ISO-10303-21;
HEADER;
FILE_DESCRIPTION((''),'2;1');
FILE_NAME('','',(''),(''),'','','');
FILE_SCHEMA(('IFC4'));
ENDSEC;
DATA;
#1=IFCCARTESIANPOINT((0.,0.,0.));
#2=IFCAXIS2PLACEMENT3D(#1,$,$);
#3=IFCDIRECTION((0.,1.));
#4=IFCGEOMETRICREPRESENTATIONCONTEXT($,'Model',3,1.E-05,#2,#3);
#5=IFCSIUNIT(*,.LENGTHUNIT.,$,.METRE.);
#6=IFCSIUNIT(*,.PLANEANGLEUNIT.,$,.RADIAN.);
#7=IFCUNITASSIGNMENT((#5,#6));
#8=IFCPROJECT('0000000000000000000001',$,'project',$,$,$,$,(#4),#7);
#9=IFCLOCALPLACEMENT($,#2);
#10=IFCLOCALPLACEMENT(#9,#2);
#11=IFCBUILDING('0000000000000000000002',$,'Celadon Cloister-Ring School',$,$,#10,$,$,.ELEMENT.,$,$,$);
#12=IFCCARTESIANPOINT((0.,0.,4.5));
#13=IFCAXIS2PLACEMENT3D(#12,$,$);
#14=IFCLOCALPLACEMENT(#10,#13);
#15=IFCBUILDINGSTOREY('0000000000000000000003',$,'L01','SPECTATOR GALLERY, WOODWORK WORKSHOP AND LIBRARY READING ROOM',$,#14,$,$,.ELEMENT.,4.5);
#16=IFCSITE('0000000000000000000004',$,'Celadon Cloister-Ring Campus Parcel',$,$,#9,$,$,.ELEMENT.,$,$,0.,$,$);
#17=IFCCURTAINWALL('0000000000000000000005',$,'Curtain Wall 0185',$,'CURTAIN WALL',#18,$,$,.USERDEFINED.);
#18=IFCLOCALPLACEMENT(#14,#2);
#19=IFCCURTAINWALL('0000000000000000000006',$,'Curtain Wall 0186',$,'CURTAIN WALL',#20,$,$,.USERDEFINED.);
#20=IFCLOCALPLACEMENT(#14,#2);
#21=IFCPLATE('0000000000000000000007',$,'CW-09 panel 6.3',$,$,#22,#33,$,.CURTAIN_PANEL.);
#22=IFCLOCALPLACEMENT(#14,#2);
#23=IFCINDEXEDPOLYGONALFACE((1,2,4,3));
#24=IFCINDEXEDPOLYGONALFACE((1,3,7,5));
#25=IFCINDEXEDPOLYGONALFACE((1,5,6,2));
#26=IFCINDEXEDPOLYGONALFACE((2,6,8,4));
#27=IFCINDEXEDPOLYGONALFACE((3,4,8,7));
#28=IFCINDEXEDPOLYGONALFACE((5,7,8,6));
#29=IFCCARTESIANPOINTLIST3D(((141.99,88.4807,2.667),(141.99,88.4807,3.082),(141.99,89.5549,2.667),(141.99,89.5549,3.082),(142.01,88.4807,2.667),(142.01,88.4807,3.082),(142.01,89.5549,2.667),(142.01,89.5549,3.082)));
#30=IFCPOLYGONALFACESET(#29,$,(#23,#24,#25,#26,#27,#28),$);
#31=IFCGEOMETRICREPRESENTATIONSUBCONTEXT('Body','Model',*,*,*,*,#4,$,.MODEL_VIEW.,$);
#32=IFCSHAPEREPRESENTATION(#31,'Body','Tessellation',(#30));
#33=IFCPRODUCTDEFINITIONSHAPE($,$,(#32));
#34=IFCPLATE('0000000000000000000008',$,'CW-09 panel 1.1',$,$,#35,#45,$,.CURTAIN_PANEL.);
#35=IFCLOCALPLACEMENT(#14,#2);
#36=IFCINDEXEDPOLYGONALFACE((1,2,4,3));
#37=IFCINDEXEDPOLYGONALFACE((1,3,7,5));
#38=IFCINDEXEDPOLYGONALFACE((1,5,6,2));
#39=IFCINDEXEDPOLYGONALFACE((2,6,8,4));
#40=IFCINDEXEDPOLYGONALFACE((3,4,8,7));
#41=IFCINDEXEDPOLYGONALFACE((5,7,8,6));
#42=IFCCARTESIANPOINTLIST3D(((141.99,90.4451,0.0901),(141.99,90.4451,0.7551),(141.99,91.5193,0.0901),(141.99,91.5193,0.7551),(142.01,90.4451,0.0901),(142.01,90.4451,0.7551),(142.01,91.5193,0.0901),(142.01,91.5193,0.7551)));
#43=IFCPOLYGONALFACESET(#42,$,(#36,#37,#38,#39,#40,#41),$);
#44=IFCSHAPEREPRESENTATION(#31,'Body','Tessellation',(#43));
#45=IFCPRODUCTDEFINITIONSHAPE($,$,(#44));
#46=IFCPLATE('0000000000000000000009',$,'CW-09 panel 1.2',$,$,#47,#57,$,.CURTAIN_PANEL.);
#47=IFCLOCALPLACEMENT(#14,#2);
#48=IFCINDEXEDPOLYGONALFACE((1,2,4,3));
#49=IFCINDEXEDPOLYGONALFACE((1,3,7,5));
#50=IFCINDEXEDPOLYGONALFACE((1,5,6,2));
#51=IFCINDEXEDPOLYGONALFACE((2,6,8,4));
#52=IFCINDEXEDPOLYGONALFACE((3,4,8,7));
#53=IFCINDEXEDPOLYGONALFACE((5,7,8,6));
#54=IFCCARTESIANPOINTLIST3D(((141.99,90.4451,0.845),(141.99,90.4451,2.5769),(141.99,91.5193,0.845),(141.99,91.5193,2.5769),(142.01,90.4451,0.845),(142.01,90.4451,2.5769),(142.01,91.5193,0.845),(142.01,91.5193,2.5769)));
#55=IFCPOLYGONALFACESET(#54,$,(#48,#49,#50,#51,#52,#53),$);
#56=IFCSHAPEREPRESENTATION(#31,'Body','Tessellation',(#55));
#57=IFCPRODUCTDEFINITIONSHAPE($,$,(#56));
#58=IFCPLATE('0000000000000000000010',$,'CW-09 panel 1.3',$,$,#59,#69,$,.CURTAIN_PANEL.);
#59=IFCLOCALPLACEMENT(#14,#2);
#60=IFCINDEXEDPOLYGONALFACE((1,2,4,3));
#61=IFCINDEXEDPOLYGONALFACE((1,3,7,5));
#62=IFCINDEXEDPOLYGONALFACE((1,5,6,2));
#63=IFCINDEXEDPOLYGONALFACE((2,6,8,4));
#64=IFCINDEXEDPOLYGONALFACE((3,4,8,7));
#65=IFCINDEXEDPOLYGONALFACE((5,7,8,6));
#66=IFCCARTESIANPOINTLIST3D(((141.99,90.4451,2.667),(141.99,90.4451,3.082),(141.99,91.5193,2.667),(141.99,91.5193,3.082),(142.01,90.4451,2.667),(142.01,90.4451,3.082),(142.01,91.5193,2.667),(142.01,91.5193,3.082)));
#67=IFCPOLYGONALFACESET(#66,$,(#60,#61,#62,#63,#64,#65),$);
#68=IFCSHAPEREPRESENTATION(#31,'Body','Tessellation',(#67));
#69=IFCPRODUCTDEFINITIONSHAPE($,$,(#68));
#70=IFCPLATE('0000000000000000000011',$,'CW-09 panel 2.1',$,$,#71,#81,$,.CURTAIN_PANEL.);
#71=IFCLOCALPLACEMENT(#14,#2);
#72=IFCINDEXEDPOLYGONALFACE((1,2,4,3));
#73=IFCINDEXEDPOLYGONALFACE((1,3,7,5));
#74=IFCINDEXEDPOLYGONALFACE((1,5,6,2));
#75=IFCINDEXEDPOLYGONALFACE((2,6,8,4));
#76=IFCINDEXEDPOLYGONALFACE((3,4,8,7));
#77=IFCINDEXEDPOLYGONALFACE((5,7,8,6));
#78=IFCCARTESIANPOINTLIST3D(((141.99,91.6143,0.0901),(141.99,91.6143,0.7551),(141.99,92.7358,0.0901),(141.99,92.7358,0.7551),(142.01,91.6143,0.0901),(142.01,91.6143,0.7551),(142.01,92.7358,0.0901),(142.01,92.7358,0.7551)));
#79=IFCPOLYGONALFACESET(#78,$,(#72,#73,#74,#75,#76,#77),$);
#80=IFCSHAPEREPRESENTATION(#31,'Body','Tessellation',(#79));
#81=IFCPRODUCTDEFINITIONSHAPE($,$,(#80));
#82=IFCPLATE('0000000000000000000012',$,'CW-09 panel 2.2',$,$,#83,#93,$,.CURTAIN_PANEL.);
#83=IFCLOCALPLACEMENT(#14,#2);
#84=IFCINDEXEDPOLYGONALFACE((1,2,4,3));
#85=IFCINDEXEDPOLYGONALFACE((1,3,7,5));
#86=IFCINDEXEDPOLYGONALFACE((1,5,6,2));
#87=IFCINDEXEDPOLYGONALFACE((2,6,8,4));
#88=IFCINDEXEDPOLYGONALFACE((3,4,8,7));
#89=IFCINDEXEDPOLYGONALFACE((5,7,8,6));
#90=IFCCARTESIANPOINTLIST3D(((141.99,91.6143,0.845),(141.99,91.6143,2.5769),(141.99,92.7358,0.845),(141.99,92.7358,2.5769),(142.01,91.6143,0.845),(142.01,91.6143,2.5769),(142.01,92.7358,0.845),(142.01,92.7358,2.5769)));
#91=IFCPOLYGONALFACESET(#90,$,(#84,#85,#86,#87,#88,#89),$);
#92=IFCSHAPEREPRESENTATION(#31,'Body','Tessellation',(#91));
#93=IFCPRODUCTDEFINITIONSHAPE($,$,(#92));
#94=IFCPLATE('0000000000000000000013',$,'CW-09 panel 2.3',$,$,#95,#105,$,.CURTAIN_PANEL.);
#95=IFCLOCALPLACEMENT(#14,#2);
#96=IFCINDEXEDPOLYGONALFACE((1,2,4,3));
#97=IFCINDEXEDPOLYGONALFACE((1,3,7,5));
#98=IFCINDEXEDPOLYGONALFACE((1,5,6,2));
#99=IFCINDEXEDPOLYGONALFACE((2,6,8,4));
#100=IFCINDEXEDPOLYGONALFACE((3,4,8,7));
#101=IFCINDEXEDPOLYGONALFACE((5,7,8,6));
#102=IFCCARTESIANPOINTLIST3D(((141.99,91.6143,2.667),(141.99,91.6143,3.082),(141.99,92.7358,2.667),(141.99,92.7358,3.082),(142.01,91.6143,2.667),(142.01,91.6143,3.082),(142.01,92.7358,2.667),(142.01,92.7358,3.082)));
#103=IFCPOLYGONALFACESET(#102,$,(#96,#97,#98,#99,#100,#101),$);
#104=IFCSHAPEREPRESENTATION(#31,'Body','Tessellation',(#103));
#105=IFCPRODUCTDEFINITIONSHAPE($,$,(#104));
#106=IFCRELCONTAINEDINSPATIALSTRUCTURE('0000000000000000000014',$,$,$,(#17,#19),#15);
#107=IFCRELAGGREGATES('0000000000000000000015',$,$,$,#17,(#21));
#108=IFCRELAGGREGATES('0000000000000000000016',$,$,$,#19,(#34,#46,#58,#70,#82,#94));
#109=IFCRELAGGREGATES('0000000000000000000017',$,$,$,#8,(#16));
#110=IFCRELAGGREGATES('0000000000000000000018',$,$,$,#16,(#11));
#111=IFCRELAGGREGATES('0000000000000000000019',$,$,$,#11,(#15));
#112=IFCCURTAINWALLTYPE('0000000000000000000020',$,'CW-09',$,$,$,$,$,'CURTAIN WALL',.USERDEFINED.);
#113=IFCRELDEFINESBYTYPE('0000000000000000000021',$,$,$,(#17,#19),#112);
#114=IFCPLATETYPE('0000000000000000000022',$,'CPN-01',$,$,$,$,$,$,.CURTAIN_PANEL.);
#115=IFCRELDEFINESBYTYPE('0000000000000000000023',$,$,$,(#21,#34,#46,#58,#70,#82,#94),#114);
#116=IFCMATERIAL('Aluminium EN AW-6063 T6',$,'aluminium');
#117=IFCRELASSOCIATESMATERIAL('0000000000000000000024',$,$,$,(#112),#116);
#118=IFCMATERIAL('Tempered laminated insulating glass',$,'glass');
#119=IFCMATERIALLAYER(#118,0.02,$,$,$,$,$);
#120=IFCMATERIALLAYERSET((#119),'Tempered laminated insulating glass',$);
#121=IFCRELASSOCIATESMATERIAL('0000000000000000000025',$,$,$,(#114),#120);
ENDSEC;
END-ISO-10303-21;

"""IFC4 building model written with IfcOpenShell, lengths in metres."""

from ifc_helpers import new_model, si_unit, direction, frame, origin, origin_2d, place, context, subcontext, project, spatial, rectangle, extrude, material, layer, layer_set, type_object, element, aggregate, save


model = new_model("IFC4")

# Units and contexts
model_context = context("Model", 3, precision=1e-05, world=origin(), true_north=direction((0.0, 1.0)))
body_context = subcontext(model_context, "Body", "Model", "MODEL_VIEW")
ifc_project = project(units=[si_unit("LENGTHUNIT", "METRE"), si_unit("PLANEANGLEUNIT", "RADIAN")], contexts=[model_context])

# Site, building, storey
site_placement = place(None, origin())
site = spatial("IfcSite", under=ifc_project, at=site_placement, Name="Celadon Cloister-Ring Campus Parcel", CompositionType="ELEMENT", RefElevation=0.0)
building_placement = place(site_placement, origin())
building = spatial("IfcBuilding", under=site, at=building_placement, Name="Celadon Cloister-Ring School", CompositionType="ELEMENT")
storey_placement = place(building_placement, frame((0.0, 0.0, 4.5)))
storey = spatial("IfcBuildingStorey", under=building, at=storey_placement, Name="L01", Description="SPECTATOR GALLERY, WOODWORK WORKSHOP AND LIBRARY READING ROOM", CompositionType="ELEMENT", Elevation=4.5)

# Curtain wall
ifc_material_1 = material(Name="Aluminium EN AW-6063 T6", Category="aluminium")
curtain_wall_type = type_object("IfcCurtainWallType", Name="CW-09", ElementType="CURTAIN WALL", PredefinedType="USERDEFINED", material=ifc_material_1)
curtain_wall_1_placement = place(storey_placement, origin())
curtain_wall_1 = element("IfcCurtainWall", 1, at=curtain_wall_1_placement, inside=storey, type_object=curtain_wall_type, Name="Curtain Wall 0185", ObjectType="CURTAIN WALL", PredefinedType="USERDEFINED")

# Curtain wall
curtain_wall_2_placement = place(storey_placement, origin())
curtain_wall_2 = element("IfcCurtainWall", 2, at=curtain_wall_2_placement, inside=storey, type_object=curtain_wall_type, Name="Curtain Wall 0186", ObjectType="CURTAIN WALL", PredefinedType="USERDEFINED")

# Plates
ifc_material_2 = material(Name="Tempered laminated insulating glass", Category="glass")
ifc_layer = layer(ifc_material_2, 0.02)
ifc_layer_set = layer_set([ifc_layer], Name="Tempered laminated insulating glass")
plate_type = type_object("IfcPlateType", Name="CPN-01", PredefinedType="CURTAIN_PANEL", material=ifc_layer_set)
plate_1_placement = place(storey_placement, frame((142.0, 89.0178, 2.667), z_axis=(0.0, 0.0, 1.0), x_axis=(0.0, 1.0, 0.0)))
plate_1 = element("IfcPlate", 3, at=plate_1_placement, type_object=plate_type, Name="CW-09 panel 6.3", PredefinedType="CURTAIN_PANEL", context=body_context, shape_type="SweptSolid", body=[
    extrude(rectangle(XDim=1.0742, YDim=0.02, at=origin_2d()), origin(), (0.0, 0.0, 1.0), 0.415),
])
aggregate(curtain_wall_1, [plate_1])
plate_2_placement = place(storey_placement, frame((142.0, 90.9822, 0.0901), z_axis=(0.0, 0.0, 1.0), x_axis=(0.0, 1.0, 0.0)))
plate_2 = element("IfcPlate", 4, at=plate_2_placement, type_object=plate_type, Name="CW-09 panel 1.1", PredefinedType="CURTAIN_PANEL", context=body_context, shape_type="SweptSolid", body=[
    extrude(rectangle(XDim=1.0742, YDim=0.02, at=origin_2d()), origin(), (0.0, 0.0, 1.0), 0.665),
])
plate_3_placement = place(storey_placement, frame((142.0, 90.9822, 0.845), z_axis=(0.0, 0.0, 1.0), x_axis=(0.0, 1.0, 0.0)))
plate_3 = element("IfcPlate", 5, at=plate_3_placement, type_object=plate_type, Name="CW-09 panel 1.2", PredefinedType="CURTAIN_PANEL", context=body_context, shape_type="SweptSolid", body=[
    extrude(rectangle(XDim=1.0742, YDim=0.02, at=origin_2d()), origin(), (0.0, 0.0, 1.0), 1.7319),
])
plate_4_placement = place(storey_placement, frame((142.0, 90.9822, 2.667), z_axis=(0.0, 0.0, 1.0), x_axis=(0.0, 1.0, 0.0)))
plate_4 = element("IfcPlate", 6, at=plate_4_placement, type_object=plate_type, Name="CW-09 panel 1.3", PredefinedType="CURTAIN_PANEL", context=body_context, shape_type="SweptSolid", body=[
    extrude(rectangle(XDim=1.0742, YDim=0.02, at=origin_2d()), origin(), (0.0, 0.0, 1.0), 0.415),
])
plate_5_placement = place(storey_placement, frame((142.0, 92.175, 0.0901), z_axis=(0.0, 0.0, 1.0), x_axis=(0.0, 1.0, 0.0)))
plate_5 = element("IfcPlate", 7, at=plate_5_placement, type_object=plate_type, Name="CW-09 panel 2.1", PredefinedType="CURTAIN_PANEL", context=body_context, shape_type="SweptSolid", body=[
    extrude(rectangle(XDim=1.1216, YDim=0.02, at=origin_2d()), origin(), (0.0, 0.0, 1.0), 0.665),
])
plate_6_placement = place(storey_placement, frame((142.0, 92.175, 0.845), z_axis=(0.0, 0.0, 1.0), x_axis=(0.0, 1.0, 0.0)))
plate_6 = element("IfcPlate", 8, at=plate_6_placement, type_object=plate_type, Name="CW-09 panel 2.2", PredefinedType="CURTAIN_PANEL", context=body_context, shape_type="SweptSolid", body=[
    extrude(rectangle(XDim=1.1216, YDim=0.02, at=origin_2d()), origin(), (0.0, 0.0, 1.0), 1.7319),
])
plate_7_placement = place(storey_placement, frame((142.0, 92.175, 2.667), z_axis=(0.0, 0.0, 1.0), x_axis=(0.0, 1.0, 0.0)))
plate_7 = element("IfcPlate", 9, at=plate_7_placement, type_object=plate_type, Name="CW-09 panel 2.3", PredefinedType="CURTAIN_PANEL", context=body_context, shape_type="SweptSolid", body=[
    extrude(rectangle(XDim=1.1216, YDim=0.02, at=origin_2d()), origin(), (0.0, 0.0, 1.0), 0.415),
])
aggregate(curtain_wall_2, [plate_2, plate_3, plate_4, plate_5, plate_6, plate_7])

save(model, "model.ifc")
